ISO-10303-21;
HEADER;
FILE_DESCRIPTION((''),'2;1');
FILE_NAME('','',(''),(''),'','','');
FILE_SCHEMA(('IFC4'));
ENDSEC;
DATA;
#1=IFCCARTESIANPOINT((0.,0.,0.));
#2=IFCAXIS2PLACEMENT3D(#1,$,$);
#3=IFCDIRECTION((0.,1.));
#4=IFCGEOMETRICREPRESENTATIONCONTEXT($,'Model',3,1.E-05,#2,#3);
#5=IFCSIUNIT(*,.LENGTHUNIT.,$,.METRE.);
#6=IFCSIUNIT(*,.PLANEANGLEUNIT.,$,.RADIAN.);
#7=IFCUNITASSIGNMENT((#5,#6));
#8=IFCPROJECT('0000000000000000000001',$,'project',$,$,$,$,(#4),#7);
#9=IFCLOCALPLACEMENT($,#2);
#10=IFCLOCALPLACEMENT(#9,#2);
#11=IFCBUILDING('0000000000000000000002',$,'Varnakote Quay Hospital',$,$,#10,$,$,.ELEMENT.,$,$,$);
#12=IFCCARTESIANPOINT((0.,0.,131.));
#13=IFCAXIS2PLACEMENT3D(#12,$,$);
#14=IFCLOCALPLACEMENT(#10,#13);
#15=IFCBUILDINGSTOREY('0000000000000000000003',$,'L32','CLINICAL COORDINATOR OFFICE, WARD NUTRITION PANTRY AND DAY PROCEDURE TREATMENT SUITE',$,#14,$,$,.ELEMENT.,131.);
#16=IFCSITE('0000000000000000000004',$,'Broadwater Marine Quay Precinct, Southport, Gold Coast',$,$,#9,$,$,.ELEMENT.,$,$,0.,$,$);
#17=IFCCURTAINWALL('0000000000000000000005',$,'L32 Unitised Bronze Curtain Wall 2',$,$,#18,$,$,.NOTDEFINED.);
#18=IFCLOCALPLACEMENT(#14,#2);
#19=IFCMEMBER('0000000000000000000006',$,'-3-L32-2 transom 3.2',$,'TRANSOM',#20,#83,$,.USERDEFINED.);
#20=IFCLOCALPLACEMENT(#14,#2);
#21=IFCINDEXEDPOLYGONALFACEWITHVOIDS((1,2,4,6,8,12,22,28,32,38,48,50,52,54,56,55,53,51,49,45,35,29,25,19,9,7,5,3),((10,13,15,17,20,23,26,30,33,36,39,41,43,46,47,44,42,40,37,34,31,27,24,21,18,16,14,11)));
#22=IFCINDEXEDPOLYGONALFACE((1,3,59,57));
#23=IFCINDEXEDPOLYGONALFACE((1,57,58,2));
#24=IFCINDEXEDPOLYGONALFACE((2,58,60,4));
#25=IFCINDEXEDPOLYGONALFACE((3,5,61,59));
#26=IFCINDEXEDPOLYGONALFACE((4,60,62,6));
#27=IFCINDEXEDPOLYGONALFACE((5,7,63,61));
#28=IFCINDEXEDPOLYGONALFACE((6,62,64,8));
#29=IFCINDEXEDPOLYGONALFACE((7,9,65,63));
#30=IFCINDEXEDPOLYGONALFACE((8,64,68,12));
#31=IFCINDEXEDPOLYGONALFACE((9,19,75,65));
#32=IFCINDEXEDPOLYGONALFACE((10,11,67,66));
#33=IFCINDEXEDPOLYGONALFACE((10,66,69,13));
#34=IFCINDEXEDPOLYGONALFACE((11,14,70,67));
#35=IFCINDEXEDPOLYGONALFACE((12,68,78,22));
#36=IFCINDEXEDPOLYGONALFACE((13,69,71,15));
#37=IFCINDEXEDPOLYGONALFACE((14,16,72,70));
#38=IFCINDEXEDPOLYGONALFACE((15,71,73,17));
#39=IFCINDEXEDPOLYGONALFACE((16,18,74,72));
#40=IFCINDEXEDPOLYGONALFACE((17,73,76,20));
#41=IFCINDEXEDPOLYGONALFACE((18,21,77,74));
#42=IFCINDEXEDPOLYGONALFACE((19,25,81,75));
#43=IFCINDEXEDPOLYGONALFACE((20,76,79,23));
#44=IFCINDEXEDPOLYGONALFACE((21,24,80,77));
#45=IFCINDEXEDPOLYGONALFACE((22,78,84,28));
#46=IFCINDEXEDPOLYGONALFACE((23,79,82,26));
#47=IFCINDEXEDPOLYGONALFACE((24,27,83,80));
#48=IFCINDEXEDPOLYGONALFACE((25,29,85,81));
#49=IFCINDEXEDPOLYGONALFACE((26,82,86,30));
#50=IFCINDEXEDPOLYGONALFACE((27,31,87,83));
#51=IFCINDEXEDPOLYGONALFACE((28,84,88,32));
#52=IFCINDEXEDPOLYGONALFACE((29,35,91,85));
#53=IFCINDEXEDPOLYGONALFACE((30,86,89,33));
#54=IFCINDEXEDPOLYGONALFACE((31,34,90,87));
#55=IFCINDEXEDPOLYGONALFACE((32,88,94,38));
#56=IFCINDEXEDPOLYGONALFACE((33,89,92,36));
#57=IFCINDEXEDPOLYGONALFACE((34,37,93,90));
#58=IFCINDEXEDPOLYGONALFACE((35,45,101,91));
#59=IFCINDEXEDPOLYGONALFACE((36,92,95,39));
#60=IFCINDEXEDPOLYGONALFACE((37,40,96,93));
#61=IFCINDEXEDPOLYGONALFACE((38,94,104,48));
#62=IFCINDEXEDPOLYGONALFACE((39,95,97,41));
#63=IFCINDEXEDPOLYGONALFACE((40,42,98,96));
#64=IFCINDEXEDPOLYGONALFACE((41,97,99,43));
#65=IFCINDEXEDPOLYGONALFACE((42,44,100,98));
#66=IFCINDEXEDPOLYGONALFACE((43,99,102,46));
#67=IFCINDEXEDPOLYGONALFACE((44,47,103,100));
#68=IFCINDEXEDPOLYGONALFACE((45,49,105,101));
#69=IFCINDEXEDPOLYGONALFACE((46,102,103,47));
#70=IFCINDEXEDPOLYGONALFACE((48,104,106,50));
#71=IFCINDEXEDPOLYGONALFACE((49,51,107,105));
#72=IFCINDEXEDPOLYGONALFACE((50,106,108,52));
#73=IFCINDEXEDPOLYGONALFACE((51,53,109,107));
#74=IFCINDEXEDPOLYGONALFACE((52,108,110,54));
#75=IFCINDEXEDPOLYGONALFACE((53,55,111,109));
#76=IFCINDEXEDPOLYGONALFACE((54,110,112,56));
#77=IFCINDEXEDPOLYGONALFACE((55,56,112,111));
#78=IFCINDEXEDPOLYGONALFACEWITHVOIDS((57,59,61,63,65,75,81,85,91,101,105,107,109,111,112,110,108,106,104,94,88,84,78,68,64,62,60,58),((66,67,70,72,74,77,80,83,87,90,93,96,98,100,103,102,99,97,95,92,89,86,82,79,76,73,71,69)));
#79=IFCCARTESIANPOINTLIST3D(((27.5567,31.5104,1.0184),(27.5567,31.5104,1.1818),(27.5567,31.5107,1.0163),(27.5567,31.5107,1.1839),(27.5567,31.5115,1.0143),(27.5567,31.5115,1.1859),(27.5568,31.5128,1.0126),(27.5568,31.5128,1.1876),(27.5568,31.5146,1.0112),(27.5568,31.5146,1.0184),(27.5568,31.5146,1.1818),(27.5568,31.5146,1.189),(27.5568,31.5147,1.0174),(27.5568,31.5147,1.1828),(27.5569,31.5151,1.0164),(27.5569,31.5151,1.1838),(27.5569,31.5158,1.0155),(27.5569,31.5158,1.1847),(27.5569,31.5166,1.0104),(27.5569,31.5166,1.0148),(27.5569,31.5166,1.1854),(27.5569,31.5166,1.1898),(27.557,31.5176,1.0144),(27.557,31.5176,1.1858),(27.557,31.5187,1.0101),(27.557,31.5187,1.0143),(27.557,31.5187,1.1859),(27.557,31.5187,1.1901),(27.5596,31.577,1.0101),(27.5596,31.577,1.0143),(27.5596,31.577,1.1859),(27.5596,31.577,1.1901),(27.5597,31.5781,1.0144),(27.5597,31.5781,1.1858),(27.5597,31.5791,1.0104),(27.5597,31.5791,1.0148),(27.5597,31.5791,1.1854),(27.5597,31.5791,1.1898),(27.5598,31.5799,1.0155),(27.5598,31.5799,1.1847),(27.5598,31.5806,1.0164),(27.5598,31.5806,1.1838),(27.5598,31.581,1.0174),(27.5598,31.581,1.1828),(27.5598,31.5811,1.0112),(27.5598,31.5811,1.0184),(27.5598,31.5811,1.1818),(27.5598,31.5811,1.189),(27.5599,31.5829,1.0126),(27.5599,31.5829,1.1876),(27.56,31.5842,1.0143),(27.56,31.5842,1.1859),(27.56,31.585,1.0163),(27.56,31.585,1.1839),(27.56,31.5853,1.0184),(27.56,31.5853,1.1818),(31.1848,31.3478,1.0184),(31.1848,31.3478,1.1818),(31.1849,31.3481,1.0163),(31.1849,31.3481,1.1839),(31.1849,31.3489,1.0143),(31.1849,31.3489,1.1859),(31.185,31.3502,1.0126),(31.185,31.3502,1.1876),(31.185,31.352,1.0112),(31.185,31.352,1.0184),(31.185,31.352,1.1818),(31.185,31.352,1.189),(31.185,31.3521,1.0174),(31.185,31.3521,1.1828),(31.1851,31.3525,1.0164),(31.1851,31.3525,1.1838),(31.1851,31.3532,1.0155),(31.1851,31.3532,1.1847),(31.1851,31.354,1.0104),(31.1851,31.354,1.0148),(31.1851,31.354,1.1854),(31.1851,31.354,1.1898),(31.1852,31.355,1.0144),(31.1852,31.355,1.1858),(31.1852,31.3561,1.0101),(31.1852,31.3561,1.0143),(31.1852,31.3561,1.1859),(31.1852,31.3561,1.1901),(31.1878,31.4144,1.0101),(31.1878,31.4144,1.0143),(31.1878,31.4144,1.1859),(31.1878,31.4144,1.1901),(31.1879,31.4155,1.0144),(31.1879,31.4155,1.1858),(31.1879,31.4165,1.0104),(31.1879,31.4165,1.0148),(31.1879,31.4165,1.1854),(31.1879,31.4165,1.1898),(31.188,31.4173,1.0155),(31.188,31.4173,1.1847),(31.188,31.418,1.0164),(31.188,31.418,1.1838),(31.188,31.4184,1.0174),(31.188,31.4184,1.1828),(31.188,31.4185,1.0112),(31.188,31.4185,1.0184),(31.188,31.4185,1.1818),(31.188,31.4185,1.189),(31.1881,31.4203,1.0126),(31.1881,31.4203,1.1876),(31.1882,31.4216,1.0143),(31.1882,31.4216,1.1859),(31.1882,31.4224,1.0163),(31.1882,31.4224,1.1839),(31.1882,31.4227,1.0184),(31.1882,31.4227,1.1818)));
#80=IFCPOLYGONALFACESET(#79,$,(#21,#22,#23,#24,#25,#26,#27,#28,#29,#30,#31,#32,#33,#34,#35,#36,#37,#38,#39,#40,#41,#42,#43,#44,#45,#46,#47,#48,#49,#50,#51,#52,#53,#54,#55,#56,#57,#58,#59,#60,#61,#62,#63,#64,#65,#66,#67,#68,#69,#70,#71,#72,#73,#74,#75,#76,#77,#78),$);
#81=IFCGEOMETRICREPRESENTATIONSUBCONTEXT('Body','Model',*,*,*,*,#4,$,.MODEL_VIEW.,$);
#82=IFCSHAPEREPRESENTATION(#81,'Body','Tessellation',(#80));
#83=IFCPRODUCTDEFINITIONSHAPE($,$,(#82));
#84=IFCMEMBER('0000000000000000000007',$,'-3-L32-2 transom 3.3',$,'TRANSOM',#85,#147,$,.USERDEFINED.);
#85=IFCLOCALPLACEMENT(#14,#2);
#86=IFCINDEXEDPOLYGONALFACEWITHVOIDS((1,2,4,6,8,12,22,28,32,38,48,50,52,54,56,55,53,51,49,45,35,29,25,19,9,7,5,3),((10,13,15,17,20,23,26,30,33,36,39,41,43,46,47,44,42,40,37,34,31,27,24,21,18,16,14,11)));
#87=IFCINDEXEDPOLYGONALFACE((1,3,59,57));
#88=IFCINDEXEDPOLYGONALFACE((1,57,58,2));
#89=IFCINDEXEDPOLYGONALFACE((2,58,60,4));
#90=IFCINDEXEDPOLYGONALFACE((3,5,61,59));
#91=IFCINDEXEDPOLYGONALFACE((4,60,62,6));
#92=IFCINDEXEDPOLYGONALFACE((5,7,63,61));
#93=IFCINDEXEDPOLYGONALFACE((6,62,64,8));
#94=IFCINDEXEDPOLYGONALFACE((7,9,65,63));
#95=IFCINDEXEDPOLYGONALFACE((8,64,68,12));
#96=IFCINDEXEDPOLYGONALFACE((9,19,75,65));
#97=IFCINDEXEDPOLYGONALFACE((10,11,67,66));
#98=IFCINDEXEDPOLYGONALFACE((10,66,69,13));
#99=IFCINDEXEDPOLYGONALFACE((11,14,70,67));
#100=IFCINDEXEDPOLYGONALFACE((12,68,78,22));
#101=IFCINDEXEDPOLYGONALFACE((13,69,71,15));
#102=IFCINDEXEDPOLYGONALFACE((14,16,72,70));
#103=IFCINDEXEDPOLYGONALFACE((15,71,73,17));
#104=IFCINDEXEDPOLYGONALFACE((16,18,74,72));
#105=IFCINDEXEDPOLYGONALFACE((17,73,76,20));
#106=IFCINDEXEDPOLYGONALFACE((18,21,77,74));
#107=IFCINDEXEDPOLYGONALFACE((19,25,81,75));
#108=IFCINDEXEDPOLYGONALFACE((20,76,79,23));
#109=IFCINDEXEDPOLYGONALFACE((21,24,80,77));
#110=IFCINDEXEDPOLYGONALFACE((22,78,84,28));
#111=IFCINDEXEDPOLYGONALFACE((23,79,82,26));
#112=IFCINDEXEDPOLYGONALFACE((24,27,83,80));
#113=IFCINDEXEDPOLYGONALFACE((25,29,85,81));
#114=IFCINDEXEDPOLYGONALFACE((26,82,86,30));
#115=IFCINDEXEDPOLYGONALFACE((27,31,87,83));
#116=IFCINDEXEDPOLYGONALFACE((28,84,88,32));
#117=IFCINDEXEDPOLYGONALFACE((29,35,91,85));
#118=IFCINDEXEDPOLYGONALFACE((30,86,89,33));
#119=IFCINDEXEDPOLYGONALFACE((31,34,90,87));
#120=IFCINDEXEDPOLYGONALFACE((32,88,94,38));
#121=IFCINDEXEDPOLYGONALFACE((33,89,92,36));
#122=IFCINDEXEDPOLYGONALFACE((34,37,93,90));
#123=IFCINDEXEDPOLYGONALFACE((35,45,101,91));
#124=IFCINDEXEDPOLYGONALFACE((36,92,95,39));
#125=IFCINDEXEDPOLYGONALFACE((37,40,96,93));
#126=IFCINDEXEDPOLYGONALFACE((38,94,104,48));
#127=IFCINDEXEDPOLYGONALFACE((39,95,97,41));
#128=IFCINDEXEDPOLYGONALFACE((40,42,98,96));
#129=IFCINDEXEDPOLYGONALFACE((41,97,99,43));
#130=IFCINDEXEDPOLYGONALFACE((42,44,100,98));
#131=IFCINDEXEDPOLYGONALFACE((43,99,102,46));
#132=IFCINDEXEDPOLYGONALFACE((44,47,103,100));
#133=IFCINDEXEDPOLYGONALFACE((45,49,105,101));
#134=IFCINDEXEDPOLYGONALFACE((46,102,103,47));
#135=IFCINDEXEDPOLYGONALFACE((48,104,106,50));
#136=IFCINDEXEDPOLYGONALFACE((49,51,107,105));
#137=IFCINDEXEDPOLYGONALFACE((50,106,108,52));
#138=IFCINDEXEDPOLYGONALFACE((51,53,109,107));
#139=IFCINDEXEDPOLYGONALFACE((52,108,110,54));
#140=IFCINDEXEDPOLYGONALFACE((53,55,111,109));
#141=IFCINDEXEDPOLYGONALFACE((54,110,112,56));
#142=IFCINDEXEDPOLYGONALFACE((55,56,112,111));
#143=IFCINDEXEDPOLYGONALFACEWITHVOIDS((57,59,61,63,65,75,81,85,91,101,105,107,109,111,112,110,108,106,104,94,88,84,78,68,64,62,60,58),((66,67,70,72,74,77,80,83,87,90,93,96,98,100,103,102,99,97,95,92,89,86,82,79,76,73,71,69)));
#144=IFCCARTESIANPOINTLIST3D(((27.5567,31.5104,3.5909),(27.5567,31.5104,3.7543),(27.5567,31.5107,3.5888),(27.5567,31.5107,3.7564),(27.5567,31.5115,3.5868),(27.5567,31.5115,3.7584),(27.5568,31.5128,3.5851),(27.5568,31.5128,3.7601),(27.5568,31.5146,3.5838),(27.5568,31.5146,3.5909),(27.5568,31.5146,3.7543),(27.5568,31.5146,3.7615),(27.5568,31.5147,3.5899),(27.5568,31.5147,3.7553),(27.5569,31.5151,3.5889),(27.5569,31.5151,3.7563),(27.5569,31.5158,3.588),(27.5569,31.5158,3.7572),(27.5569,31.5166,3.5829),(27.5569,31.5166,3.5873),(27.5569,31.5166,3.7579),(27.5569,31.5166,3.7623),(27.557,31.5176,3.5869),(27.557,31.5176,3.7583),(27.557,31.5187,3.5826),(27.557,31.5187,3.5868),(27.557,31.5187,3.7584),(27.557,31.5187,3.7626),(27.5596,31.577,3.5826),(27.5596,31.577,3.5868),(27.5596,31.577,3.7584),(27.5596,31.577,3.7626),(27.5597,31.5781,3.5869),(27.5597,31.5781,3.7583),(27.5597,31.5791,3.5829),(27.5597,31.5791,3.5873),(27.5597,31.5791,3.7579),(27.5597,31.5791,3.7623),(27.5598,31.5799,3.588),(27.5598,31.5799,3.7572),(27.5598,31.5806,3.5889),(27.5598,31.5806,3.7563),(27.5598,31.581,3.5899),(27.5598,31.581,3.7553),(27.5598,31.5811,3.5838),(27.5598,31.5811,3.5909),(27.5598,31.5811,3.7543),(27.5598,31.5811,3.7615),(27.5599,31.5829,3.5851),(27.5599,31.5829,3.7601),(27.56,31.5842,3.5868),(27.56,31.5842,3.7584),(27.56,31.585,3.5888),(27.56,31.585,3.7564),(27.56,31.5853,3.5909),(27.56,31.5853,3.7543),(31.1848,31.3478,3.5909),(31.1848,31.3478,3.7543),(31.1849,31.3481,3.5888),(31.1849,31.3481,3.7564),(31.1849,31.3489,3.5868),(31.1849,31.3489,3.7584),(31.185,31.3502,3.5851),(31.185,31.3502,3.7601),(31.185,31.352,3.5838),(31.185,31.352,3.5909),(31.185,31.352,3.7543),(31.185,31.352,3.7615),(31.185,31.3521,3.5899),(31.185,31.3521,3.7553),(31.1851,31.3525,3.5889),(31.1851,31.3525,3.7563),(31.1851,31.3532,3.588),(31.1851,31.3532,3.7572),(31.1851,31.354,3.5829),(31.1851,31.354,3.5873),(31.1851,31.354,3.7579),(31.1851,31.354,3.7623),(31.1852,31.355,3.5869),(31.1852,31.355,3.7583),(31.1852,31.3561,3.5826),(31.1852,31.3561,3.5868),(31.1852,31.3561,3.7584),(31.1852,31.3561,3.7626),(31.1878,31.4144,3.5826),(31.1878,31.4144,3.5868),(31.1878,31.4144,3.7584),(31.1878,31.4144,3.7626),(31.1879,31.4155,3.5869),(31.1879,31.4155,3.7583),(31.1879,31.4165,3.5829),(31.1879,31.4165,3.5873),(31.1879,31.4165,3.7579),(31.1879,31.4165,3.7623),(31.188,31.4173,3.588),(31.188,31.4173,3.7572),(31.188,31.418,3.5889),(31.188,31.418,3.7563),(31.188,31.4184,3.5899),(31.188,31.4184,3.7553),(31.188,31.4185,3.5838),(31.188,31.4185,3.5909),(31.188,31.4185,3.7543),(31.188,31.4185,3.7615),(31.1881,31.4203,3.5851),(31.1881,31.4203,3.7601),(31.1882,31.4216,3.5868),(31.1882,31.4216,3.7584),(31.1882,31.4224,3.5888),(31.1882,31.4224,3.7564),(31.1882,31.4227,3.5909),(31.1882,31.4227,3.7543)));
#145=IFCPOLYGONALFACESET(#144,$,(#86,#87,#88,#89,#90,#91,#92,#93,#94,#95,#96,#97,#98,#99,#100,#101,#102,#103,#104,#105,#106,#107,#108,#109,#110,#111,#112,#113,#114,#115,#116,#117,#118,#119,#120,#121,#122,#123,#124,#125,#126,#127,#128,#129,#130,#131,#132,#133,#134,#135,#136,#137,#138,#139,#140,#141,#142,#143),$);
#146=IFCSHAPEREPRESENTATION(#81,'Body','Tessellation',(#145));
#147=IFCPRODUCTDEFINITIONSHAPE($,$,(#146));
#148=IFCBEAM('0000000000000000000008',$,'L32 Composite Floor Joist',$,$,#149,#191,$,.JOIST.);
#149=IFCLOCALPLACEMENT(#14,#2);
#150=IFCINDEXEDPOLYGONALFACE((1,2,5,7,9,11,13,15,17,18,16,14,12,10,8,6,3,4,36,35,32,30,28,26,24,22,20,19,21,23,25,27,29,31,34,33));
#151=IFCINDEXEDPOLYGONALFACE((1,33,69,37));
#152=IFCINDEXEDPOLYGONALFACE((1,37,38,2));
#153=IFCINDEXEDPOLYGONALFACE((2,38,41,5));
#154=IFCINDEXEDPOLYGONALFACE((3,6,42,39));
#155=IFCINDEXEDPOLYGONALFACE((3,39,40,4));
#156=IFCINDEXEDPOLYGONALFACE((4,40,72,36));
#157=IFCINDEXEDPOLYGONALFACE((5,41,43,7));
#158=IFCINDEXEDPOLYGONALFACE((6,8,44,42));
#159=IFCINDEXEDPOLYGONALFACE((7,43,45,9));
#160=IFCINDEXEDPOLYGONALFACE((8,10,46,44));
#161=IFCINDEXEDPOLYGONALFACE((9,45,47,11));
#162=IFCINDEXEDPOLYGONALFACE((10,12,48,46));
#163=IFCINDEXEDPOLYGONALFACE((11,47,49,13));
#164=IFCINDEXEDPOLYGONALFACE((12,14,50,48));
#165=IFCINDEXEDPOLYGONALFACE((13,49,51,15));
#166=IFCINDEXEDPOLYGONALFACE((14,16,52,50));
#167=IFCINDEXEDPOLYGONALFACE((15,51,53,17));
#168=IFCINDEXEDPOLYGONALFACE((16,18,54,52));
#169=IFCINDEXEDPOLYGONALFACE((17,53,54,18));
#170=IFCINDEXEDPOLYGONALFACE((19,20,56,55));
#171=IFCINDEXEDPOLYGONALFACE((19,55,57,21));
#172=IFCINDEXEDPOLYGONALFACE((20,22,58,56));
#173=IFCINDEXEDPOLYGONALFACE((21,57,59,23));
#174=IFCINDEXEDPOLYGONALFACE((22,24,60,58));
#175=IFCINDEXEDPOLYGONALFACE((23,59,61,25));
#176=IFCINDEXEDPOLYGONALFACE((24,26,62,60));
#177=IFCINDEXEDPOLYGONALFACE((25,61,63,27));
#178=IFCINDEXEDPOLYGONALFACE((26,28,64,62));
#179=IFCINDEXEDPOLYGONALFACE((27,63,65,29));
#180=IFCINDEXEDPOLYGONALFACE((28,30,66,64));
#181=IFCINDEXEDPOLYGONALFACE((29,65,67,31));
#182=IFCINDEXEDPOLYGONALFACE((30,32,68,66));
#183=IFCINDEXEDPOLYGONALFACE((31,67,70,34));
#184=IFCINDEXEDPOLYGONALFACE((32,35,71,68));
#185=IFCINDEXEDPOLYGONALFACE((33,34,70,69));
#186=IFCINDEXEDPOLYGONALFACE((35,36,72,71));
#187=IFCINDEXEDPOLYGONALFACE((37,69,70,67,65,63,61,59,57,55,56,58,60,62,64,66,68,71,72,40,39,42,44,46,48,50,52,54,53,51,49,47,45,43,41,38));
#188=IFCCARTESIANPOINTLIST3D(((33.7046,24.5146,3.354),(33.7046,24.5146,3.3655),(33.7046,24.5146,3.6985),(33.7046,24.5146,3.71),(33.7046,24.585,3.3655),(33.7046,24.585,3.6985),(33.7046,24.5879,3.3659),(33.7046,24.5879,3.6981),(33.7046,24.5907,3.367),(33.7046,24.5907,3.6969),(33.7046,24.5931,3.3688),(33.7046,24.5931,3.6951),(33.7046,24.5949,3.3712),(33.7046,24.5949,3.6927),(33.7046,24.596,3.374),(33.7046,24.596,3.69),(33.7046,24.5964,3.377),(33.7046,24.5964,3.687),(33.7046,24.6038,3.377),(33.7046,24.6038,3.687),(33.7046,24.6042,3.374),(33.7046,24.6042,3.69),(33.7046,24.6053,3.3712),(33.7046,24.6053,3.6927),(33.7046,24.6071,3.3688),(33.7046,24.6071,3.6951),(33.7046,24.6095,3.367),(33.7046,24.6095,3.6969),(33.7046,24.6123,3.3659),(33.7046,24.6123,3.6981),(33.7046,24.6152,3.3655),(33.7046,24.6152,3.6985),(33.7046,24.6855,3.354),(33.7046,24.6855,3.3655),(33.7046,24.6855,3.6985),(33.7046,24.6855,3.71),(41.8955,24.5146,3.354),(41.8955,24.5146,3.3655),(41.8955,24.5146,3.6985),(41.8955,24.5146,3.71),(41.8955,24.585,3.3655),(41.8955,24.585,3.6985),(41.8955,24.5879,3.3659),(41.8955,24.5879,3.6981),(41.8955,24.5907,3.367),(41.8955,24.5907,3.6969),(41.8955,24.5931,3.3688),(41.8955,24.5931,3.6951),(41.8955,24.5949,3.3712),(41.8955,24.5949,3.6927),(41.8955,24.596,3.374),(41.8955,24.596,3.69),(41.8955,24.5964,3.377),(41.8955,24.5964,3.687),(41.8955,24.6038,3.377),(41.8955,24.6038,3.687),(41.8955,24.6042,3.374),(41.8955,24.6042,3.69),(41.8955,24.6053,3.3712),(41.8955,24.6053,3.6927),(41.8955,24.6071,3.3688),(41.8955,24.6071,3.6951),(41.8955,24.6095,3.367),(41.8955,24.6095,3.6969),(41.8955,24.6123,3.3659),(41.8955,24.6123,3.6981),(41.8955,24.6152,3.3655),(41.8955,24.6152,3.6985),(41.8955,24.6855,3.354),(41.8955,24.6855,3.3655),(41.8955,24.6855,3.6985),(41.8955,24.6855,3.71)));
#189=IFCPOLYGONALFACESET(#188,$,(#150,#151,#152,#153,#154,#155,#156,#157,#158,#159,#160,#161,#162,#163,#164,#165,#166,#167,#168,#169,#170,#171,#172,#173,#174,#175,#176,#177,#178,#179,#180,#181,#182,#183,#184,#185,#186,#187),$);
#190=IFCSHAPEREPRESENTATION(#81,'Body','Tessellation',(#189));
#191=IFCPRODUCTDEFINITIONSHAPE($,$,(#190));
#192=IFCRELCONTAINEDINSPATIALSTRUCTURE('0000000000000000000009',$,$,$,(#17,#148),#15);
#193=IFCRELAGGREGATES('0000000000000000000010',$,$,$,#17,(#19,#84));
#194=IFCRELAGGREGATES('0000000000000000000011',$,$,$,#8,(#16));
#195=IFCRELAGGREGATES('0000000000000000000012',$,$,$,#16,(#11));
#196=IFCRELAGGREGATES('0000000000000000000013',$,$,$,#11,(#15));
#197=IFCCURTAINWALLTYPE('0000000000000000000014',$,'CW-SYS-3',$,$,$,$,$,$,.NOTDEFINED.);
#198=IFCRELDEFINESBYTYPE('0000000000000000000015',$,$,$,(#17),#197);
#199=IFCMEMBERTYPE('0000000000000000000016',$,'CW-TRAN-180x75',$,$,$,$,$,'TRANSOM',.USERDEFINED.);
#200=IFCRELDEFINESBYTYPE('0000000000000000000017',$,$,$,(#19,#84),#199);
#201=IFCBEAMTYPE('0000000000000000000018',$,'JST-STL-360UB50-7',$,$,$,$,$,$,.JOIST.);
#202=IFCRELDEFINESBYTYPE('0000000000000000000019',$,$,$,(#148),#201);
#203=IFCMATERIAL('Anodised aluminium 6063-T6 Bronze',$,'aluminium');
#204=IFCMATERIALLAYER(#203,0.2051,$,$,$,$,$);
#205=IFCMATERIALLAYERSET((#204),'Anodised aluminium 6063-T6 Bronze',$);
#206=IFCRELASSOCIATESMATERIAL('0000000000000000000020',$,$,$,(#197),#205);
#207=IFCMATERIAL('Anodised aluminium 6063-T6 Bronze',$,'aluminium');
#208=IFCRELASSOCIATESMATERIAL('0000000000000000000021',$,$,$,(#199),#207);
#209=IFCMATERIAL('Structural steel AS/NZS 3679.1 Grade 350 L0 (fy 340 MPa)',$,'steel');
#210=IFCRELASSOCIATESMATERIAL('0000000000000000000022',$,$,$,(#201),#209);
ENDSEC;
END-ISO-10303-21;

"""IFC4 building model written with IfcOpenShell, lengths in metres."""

from ifc_helpers import new_model, si_unit, direction, frame, origin, origin_2d, place, context, subcontext, project, spatial, hollow_rectangle, i_section, extrude, material, layer, layer_set, material_profile, profile_set, type_object, element, aggregate, save


model = new_model("IFC4")

# Units and contexts
model_context = context("Model", 3, precision=1e-05, world=origin(), true_north=direction((0.0, 1.0)))
body_context = subcontext(model_context, "Body", "Model", "MODEL_VIEW")
ifc_project = project(units=[si_unit("LENGTHUNIT", "METRE"), si_unit("PLANEANGLEUNIT", "RADIAN")], contexts=[model_context])

# Site, building, storey
site_placement = place(None, origin())
site = spatial("IfcSite", under=ifc_project, at=site_placement, Name="Broadwater Marine Quay Precinct, Southport, Gold Coast", CompositionType="ELEMENT", RefElevation=0.0)
building_placement = place(site_placement, origin())
building = spatial("IfcBuilding", under=site, at=building_placement, Name="Varnakote Quay Hospital", CompositionType="ELEMENT")
storey_placement = place(building_placement, frame((0.0, 0.0, 131.0)))
storey = spatial("IfcBuildingStorey", under=building, at=storey_placement, Name="L32", Description="CLINICAL COORDINATOR OFFICE, WARD NUTRITION PANTRY AND DAY PROCEDURE TREATMENT SUITE", CompositionType="ELEMENT", Elevation=131.0)

# Curtain wall, members
ifc_material_1 = material(Name="Anodised aluminium 6063-T6 Bronze", Category="aluminium")
ifc_layer_1 = layer(ifc_material_1, 0.2051)
ifc_layer_set_1 = layer_set([ifc_layer_1], Name="Anodised aluminium 6063-T6 Bronze")
curtain_wall_type = type_object("IfcCurtainWallType", Name="CW-SYS-3", PredefinedType="NOTDEFINED", material=ifc_layer_set_1)
curtain_wall_placement = place(storey_placement, origin())
curtain_wall = element("IfcCurtainWall", 1, at=curtain_wall_placement, inside=storey, type_object=curtain_wall_type, Name="L32 Unitised Bronze Curtain Wall 2", PredefinedType="NOTDEFINED")
ifc_material_2 = material(Name="Anodised aluminium 6063-T6 Bronze", Category="aluminium")
ifc_material_profile_1 = material_profile(ifc_material_2, hollow_rectangle(XDim=0.075, YDim=0.1799, WallThickness=0.0042, InnerFilletRadius=0.0042, OuterFilletRadius=0.0083, at=origin_2d()), Name="CW-TRAN-180x75")
ifc_profile_set_1 = profile_set([ifc_material_profile_1], Name="Anodised aluminium 6063-T6 Bronze")
member_type_1 = type_object("IfcMemberType", Name="CW-TRAN-180x75", ElementType="TRANSOM", PredefinedType="USERDEFINED", material=ifc_profile_set_1)
member_1_placement = place(storey_placement, frame((31.1865, 31.3853, 1.1001), z_axis=(-0.998997, 0.04477, 0.0), x_axis=(-0.04477, -0.998997, 0.0)))
member_1 = element("IfcMember", 2, at=member_1_placement, type_object=member_type_1, Name="-3-L32-2 transom 3.2", ObjectType="TRANSOM", PredefinedType="USERDEFINED", context=body_context, shape_type="SweptSolid", body=[
    extrude(hollow_rectangle(XDim=0.075, YDim=0.1799, WallThickness=0.0042, InnerFilletRadius=0.0042, OuterFilletRadius=0.0083, at=origin_2d()), origin(), (0.0, 0.0, 1.0), 3.6318),
])
member_2_placement = place(storey_placement, frame((31.1865, 31.3853, 3.6726), z_axis=(-0.998997, 0.04477, 0.0), x_axis=(-0.04477, -0.998997, 0.0)))
member_2 = element("IfcMember", 3, at=member_2_placement, type_object=member_type_1, Name="-3-L32-2 transom 3.3", ObjectType="TRANSOM", PredefinedType="USERDEFINED", context=body_context, shape_type="SweptSolid", body=[
    extrude(hollow_rectangle(XDim=0.075, YDim=0.1799, WallThickness=0.0042, InnerFilletRadius=0.0042, OuterFilletRadius=0.0083, at=origin_2d()), origin(), (0.0, 0.0, 1.0), 3.6318),
])

# Beam
ifc_material_3 = material(Name="Structural steel AS/NZS 3679.1 Grade 350 L0 (fy 340 MPa)", Category="steel")
ifc_material_profile_2 = material_profile(ifc_material_3, i_section(OverallWidth=0.1709, OverallDepth=0.356, WebThickness=0.0073, FlangeThickness=0.0115, FilletRadius=0.0115, at=origin_2d()), Name="360UB50.7")
ifc_profile_set_2 = profile_set([ifc_material_profile_2], Name="Structural steel AS/NZS 3679.1 Grade 350 L0 (fy 340 MPa)")
beam_type_1 = type_object("IfcBeamType", Name="JST-STL-360UB50-7", PredefinedType="JOIST", material=ifc_profile_set_2)
beam_1_placement = place(storey_placement, frame((33.7046, 24.6001, 3.532), z_axis=(1.0, 0.0, 0.0), x_axis=(0.0, 1.0, 0.0)))
element("IfcBeam", 4, at=beam_1_placement, inside=storey, type_object=beam_type_1, Name="L32 Composite Floor Joist", PredefinedType="JOIST", context=body_context, shape_type="SweptSolid", body=[
    extrude(i_section(OverallWidth=0.1709, OverallDepth=0.356, WebThickness=0.0073, FlangeThickness=0.0115, FilletRadius=0.0115, at=origin_2d()), origin(), (0.0, 0.0, 1.0), 8.1909),
])

aggregate(curtain_wall, [member_1, member_2])

save(model, "model.ifc")
